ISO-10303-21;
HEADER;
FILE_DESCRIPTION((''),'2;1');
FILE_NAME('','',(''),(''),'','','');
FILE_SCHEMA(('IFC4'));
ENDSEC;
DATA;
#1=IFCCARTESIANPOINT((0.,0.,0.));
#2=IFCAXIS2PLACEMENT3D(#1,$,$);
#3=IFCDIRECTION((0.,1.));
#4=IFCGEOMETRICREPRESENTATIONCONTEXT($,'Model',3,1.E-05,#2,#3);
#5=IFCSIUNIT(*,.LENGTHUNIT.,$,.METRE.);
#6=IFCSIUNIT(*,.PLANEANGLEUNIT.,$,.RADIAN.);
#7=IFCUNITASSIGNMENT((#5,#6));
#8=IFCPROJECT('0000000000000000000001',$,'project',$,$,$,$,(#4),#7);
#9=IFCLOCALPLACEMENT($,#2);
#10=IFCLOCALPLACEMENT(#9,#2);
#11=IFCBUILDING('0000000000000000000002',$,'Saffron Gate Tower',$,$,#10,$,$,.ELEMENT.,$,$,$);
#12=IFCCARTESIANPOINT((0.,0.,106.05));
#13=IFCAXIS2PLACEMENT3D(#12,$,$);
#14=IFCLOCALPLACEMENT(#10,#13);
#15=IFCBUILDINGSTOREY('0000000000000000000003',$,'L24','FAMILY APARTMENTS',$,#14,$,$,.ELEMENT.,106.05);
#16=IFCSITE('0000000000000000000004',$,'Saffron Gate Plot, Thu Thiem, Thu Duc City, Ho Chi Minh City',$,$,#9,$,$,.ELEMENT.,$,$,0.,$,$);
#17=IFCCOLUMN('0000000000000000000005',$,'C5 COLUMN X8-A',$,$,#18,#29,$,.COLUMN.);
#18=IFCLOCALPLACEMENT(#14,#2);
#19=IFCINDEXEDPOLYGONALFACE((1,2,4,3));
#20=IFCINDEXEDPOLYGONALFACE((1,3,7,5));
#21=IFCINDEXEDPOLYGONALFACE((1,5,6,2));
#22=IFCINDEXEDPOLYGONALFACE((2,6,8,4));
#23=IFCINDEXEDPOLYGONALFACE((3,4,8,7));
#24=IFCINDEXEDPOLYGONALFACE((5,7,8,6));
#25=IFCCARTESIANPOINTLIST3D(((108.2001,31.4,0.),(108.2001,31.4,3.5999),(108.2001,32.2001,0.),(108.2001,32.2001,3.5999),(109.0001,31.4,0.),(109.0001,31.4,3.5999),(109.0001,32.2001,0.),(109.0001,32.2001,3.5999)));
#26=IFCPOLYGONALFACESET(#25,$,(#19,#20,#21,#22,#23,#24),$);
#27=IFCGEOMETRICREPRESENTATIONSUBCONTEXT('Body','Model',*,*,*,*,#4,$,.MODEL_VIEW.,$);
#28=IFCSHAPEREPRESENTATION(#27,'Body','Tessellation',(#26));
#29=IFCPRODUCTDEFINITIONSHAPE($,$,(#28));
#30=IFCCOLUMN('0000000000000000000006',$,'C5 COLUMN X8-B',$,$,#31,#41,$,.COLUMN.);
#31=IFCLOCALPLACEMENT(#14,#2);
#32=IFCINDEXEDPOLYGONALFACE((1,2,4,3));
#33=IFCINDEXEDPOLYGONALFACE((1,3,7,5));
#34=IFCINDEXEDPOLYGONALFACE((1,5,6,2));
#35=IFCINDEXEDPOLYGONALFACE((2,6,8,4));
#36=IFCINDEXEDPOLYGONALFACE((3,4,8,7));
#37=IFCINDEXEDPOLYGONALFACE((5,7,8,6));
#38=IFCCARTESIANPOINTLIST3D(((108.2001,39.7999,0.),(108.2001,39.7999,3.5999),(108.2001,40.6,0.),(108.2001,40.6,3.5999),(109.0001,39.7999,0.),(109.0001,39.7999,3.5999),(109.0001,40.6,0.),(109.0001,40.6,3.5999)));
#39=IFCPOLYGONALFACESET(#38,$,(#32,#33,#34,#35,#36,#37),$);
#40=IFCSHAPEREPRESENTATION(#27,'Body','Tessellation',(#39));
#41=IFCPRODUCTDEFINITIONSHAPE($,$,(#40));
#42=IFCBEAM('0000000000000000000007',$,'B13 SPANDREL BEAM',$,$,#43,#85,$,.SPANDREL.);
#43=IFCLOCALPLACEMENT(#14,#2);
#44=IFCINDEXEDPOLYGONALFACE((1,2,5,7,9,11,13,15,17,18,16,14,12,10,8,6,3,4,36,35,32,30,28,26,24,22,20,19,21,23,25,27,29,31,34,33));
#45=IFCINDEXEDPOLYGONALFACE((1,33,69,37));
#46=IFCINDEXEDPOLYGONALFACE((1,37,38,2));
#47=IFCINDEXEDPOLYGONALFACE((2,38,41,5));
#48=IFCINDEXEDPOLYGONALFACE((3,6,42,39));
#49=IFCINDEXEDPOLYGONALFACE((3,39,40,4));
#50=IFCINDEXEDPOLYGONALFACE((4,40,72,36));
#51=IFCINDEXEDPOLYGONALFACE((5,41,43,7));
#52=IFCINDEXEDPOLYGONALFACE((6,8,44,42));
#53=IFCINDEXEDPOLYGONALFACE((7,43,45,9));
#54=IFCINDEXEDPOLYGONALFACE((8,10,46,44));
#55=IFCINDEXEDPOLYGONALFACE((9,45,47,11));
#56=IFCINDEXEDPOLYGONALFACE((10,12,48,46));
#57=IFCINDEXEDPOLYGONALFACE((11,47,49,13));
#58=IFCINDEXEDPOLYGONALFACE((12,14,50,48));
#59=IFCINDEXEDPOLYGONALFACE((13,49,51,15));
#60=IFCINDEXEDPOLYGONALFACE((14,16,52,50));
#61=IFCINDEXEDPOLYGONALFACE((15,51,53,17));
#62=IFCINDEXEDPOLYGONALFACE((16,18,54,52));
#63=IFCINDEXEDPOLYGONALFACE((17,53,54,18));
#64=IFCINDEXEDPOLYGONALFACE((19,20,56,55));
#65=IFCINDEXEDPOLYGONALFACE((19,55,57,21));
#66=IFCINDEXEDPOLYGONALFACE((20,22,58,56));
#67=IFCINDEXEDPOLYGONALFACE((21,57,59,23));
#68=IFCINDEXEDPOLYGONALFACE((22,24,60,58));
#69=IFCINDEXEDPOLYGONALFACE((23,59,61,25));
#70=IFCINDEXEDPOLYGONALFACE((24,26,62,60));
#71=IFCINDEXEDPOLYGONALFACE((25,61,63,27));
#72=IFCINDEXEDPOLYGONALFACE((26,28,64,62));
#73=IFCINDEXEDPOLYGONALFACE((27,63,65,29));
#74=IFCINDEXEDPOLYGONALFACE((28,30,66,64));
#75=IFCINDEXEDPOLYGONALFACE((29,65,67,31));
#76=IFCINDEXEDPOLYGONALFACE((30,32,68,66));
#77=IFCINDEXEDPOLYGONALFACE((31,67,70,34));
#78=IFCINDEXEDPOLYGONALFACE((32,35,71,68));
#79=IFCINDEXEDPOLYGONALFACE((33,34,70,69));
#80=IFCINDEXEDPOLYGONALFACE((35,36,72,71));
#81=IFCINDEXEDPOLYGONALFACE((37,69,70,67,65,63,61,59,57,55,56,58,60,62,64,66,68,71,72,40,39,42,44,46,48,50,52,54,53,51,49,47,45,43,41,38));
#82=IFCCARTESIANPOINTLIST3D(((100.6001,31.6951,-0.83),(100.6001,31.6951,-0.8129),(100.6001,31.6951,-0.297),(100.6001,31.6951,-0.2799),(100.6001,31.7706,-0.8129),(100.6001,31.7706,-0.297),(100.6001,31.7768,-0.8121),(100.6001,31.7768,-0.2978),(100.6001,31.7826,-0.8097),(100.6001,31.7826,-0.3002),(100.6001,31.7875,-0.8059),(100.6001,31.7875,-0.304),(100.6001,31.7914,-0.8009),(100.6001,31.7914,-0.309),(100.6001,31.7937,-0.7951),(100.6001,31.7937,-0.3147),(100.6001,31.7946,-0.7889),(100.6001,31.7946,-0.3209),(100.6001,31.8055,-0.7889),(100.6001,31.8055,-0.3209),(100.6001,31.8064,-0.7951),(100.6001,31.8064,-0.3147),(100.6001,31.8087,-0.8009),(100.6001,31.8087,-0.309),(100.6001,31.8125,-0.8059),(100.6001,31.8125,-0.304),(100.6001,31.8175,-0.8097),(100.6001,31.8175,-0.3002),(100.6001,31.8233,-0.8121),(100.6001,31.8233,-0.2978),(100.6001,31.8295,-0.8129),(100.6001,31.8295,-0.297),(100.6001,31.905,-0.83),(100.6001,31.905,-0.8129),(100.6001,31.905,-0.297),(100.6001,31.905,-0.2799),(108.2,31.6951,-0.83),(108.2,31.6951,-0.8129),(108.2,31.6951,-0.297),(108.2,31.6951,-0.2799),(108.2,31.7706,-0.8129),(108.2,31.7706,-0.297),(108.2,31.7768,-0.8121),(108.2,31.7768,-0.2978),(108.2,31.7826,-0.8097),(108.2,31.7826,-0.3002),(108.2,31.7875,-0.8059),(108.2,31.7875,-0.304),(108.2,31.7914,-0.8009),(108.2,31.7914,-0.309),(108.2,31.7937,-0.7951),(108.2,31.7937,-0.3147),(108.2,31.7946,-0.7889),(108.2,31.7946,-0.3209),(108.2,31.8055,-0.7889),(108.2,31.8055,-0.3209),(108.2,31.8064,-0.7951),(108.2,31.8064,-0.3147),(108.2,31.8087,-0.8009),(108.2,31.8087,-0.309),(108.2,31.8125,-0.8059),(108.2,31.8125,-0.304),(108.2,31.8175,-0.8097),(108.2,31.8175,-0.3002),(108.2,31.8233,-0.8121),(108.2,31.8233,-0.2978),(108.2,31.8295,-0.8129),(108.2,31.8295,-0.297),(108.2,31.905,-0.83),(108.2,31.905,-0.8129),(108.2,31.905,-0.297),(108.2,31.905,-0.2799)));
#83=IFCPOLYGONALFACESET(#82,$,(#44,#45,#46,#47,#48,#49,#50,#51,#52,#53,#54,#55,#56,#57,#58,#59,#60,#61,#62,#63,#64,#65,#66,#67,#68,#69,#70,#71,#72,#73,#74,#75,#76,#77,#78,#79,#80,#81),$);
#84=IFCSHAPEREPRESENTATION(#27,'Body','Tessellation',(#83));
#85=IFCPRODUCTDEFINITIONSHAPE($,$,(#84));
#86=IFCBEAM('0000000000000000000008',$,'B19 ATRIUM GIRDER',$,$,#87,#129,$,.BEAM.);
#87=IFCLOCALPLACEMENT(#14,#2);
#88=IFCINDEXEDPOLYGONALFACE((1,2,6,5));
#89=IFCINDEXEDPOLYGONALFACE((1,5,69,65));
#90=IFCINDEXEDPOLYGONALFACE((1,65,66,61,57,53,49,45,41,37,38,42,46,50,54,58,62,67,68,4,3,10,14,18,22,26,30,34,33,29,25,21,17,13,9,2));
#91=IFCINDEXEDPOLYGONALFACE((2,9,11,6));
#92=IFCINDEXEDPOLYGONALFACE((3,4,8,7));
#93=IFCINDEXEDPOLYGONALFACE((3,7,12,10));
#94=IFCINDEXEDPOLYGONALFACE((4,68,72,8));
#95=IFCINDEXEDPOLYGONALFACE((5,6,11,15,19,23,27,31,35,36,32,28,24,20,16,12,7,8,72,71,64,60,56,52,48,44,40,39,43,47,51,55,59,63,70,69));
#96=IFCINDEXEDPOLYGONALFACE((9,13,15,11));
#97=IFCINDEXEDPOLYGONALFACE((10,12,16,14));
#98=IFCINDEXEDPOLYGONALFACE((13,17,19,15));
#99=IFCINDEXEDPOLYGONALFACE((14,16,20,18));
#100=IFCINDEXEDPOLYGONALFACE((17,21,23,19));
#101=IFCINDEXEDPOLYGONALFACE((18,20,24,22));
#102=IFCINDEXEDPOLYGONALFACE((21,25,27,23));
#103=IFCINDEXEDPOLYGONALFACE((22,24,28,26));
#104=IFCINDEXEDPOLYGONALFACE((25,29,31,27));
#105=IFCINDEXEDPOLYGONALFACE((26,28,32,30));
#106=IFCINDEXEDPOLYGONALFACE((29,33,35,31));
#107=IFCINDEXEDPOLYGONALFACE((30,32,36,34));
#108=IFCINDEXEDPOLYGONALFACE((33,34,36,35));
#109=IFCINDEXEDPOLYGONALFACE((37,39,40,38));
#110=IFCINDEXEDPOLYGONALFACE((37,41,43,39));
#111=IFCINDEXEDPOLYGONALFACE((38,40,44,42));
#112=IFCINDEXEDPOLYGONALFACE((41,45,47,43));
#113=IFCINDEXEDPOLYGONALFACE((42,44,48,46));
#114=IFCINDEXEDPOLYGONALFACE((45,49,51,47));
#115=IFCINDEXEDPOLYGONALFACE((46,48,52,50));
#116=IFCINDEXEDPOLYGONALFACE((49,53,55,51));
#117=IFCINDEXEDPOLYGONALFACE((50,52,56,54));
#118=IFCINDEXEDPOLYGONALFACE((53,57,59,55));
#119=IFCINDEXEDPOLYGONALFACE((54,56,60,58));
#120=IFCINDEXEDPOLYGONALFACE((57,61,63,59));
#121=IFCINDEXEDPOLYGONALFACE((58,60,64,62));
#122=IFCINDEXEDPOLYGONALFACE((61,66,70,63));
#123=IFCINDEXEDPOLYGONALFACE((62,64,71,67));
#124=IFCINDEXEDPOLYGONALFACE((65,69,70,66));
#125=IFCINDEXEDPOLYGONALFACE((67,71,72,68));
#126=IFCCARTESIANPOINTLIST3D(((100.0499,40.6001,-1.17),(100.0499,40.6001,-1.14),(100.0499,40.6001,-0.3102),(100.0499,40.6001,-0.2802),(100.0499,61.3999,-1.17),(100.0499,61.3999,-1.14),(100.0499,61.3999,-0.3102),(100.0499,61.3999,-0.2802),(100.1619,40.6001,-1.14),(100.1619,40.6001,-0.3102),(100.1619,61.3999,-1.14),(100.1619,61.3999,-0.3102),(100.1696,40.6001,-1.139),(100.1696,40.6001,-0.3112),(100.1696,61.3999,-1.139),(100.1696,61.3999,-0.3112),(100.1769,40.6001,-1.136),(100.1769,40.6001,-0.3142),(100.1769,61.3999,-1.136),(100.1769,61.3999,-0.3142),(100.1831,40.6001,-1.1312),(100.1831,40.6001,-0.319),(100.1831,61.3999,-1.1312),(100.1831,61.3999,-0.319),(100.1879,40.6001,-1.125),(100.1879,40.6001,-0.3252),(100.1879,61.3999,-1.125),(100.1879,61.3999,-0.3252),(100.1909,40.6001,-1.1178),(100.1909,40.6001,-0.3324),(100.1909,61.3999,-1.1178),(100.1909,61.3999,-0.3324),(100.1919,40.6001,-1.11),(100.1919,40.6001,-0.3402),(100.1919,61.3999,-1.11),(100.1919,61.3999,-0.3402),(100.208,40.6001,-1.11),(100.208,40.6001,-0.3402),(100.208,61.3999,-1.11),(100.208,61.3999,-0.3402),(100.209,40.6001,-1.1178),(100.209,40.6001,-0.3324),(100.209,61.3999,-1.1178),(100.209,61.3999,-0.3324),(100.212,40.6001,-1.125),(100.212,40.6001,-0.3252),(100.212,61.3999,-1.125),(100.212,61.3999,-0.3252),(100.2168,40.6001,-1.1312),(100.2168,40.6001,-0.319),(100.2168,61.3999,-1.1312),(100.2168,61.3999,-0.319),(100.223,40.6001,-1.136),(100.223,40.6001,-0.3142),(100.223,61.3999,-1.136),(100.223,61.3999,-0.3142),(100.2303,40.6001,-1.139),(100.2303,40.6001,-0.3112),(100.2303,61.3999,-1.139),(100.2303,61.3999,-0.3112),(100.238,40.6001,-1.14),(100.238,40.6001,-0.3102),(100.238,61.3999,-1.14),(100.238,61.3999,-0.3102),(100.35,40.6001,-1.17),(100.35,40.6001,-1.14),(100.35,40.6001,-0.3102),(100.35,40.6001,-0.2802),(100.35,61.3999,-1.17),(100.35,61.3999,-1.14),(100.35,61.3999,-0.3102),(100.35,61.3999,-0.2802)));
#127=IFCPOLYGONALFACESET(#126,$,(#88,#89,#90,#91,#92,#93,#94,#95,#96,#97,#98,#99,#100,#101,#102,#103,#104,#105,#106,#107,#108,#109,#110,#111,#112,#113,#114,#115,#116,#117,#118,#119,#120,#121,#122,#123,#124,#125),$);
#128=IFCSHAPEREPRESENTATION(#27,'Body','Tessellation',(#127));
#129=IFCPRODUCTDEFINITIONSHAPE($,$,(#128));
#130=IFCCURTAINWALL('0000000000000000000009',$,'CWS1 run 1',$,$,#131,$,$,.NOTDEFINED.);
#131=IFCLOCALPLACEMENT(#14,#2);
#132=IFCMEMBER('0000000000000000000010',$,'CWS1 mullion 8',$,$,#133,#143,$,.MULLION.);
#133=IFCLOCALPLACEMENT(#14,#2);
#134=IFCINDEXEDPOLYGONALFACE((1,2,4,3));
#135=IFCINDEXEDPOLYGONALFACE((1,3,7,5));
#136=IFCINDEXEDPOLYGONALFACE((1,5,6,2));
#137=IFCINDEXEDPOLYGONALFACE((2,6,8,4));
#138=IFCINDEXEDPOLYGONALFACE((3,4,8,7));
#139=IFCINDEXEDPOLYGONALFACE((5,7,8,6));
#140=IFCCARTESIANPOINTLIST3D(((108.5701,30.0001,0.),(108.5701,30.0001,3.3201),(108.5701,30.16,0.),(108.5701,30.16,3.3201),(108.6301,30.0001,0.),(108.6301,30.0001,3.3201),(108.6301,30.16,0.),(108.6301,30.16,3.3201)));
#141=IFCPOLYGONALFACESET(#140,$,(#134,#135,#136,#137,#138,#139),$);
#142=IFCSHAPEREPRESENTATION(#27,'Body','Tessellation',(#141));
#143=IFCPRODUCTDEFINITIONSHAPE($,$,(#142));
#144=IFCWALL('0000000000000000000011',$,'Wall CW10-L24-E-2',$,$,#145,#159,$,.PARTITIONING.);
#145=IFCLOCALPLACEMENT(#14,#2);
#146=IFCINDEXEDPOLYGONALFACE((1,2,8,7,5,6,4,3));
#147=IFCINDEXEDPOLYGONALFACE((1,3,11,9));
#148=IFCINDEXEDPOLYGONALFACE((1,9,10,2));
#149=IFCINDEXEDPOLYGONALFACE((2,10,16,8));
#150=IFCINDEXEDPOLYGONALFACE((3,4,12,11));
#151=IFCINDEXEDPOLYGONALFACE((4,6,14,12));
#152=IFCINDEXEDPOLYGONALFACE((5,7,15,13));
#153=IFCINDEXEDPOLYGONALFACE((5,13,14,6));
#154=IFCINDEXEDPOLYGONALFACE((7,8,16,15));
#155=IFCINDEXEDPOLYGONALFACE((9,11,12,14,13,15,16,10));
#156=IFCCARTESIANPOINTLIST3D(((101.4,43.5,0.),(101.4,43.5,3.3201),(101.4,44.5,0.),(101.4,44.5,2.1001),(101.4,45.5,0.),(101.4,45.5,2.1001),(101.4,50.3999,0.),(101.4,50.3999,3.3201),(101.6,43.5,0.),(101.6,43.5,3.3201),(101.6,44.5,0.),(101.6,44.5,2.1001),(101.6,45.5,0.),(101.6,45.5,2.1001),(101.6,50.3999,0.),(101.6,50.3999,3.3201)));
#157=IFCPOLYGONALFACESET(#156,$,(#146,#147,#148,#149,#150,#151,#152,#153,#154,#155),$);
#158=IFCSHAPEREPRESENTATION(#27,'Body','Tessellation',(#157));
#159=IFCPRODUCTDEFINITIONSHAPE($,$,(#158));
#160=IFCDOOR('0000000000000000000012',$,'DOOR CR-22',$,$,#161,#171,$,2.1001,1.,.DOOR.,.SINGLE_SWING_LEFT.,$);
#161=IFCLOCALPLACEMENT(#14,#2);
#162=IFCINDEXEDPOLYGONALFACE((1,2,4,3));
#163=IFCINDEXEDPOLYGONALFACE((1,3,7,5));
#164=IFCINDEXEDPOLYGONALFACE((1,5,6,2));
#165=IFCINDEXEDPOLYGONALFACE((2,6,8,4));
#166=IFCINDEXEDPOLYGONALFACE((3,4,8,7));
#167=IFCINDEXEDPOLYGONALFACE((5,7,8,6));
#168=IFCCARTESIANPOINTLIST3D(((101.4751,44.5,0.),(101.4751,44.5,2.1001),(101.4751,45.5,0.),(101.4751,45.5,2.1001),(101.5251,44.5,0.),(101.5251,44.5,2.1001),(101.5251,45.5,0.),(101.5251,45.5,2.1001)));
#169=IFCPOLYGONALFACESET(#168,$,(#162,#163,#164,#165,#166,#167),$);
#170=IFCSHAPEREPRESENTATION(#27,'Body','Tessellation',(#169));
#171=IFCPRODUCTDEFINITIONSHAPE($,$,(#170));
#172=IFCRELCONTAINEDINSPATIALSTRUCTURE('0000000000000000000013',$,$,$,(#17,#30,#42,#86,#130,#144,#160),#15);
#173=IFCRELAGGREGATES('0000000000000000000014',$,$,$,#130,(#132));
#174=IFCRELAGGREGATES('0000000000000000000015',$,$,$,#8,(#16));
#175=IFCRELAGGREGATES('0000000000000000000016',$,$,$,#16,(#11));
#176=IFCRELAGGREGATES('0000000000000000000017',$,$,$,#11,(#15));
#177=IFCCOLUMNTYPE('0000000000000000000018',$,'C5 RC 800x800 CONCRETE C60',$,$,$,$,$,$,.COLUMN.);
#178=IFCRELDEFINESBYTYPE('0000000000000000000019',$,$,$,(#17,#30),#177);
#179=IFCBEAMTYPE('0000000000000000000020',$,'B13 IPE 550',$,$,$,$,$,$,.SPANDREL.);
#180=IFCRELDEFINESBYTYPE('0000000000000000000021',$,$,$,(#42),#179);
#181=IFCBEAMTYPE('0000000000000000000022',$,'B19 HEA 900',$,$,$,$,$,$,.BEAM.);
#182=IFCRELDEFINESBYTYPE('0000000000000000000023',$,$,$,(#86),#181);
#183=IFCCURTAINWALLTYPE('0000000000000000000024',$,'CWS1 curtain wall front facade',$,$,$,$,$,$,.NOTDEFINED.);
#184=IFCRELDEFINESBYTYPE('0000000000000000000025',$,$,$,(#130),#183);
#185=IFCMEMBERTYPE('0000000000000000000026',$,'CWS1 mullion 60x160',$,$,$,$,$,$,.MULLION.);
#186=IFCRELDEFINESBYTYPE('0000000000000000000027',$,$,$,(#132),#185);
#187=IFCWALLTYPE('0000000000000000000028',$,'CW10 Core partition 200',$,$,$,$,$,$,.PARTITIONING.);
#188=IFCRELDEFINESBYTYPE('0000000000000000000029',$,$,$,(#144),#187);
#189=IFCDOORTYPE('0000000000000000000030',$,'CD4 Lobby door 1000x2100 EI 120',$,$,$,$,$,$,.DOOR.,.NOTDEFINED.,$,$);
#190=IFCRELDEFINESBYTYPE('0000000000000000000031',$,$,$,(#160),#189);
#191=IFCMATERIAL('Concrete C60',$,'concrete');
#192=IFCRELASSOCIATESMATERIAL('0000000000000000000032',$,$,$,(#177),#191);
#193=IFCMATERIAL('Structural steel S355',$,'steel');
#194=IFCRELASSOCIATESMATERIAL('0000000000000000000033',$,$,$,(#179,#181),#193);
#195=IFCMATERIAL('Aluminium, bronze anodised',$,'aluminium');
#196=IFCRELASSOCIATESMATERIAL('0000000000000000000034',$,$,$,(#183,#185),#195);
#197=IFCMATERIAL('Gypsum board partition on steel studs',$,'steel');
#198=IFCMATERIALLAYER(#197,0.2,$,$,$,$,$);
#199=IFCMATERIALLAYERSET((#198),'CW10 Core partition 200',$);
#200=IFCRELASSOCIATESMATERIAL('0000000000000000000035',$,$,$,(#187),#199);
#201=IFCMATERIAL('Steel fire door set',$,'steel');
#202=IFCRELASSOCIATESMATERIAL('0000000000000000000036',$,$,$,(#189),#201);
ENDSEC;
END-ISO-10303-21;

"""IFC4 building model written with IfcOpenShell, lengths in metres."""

from ifc_helpers import new_model, si_unit, direction, frame, frame_2d, origin, origin_2d, place, context, subcontext, project, spatial, rectangle, i_section, extrude, material, layer, layer_set, material_profile, profile_set, type_object, element, fill, aggregate, save


model = new_model("IFC4")

# Units and contexts
model_context = context("Model", 3, precision=1e-05, world=origin(), true_north=direction((0.0, 1.0)))
body_context = subcontext(model_context, "Body", "Model", "MODEL_VIEW")
ifc_project = project(units=[si_unit("LENGTHUNIT", "METRE"), si_unit("PLANEANGLEUNIT", "RADIAN")], contexts=[model_context])

# Site, building, storey
site_placement = place(None, origin())
site = spatial("IfcSite", under=ifc_project, at=site_placement, Name="Saffron Gate Plot, Thu Thiem, Thu Duc City, Ho Chi Minh City", CompositionType="ELEMENT", RefElevation=0.0)
building_placement = place(site_placement, origin())
building = spatial("IfcBuilding", under=site, at=building_placement, Name="Saffron Gate Tower", CompositionType="ELEMENT")
storey_placement = place(building_placement, frame((0.0, 0.0, 106.05)))
storey = spatial("IfcBuildingStorey", under=building, at=storey_placement, Name="L24", Description="FAMILY APARTMENTS", CompositionType="ELEMENT", Elevation=106.05)

# Columns
ifc_material_1 = material(Name="Concrete C60", Category="concrete")
ifc_material_profile_1 = material_profile(ifc_material_1, rectangle(XDim=0.8, YDim=0.8, at=origin_2d()))
ifc_profile_set_1 = profile_set([ifc_material_profile_1], Name="Concrete C60")
column_type = type_object("IfcColumnType", Name="C5 RC 800x800 CONCRETE C60", PredefinedType="COLUMN", material=ifc_profile_set_1)
for number, where, z_axis, x_axis, name in (
    (1, (108.6001, 31.8, 0.0), (0.0, 0.0, 1.0), (1.0, 0.0, 0.0), "C5 COLUMN X8-A"),
    (2, (108.6001, 40.2, 0.0), (0.0, 0.0, 1.0), (1.0, 0.0, 0.0), "C5 COLUMN X8-B"),
):
    element("IfcColumn", number, at=place(storey_placement, frame(where, z_axis=z_axis, x_axis=x_axis)), inside=storey, type_object=column_type, Name=name, PredefinedType="COLUMN", context=body_context, shape_type="SweptSolid", body=[
        extrude(rectangle(XDim=0.8, YDim=0.8, at=origin_2d()), origin(), (0.0, 0.0, 1.0), 3.5999),
    ])

# Beams
ifc_material_2 = material(Name="Structural steel S355", Category="steel")
ifc_material_profile_2 = material_profile(ifc_material_2, i_section(OverallWidth=0.21, OverallDepth=0.55, WebThickness=0.011, FlangeThickness=0.0171, FilletRadius=0.0239, at=origin_2d()))
ifc_profile_set_2 = profile_set([ifc_material_profile_2], Name="Structural steel S355")
beam_type_1 = type_object("IfcBeamType", Name="B13 IPE 550", PredefinedType="SPANDREL", material=ifc_profile_set_2)
beam_1_placement = place(storey_placement, frame((100.6001, 31.8, -0.5549), z_axis=(1.0, 0.0, 0.0), x_axis=(0.0, 1.0, 0.0)))
element("IfcBeam", 3, at=beam_1_placement, inside=storey, type_object=beam_type_1, Name="B13 SPANDREL BEAM", PredefinedType="SPANDREL", context=body_context, shape_type="SweptSolid", body=[
    extrude(i_section(OverallWidth=0.21, OverallDepth=0.55, WebThickness=0.011, FlangeThickness=0.0171, FilletRadius=0.0239, at=origin_2d()), origin(), (0.0, 0.0, 1.0), 7.5999),
])
ifc_material_profile_3 = material_profile(ifc_material_2, i_section(OverallWidth=0.3, OverallDepth=0.8899, WebThickness=0.0161, FlangeThickness=0.03, FilletRadius=0.03, at=origin_2d()))
ifc_profile_set_3 = profile_set([ifc_material_profile_3], Name="Structural steel S355")
beam_type_2 = type_object("IfcBeamType", Name="B19 HEA 900", PredefinedType="BEAM", material=ifc_profile_set_3)
beam_2_placement = place(storey_placement, frame((100.2, 40.6001, -0.7251), z_axis=(0.0, 1.0, 0.0), x_axis=(-1.0, 0.0, 0.0)))
element("IfcBeam", 4, at=beam_2_placement, inside=storey, type_object=beam_type_2, Name="B19 ATRIUM GIRDER", PredefinedType="BEAM", context=body_context, shape_type="SweptSolid", body=[
    extrude(i_section(OverallWidth=0.3, OverallDepth=0.8899, WebThickness=0.0161, FlangeThickness=0.03, FilletRadius=0.03, at=origin_2d()), origin(), (0.0, 0.0, 1.0), 20.7998),
])

# Curtain wall, member
ifc_material_3 = material(Name="Aluminium, bronze anodised", Category="aluminium")
curtain_wall_type = type_object("IfcCurtainWallType", Name="CWS1 curtain wall front facade", PredefinedType="NOTDEFINED", material=ifc_material_3)
curtain_wall_placement = place(storey_placement, origin())
curtain_wall = element("IfcCurtainWall", 5, at=curtain_wall_placement, inside=storey, type_object=curtain_wall_type, Name="CWS1 run 1", PredefinedType="NOTDEFINED")
ifc_material_profile_4 = material_profile(ifc_material_3, rectangle(XDim=0.1599, YDim=0.0601, at=origin_2d()))
ifc_profile_set_4 = profile_set([ifc_material_profile_4], Name="Aluminium, bronze anodised")
member_type = type_object("IfcMemberType", Name="CWS1 mullion 60x160", PredefinedType="MULLION", material=ifc_profile_set_4)
member_placement = place(storey_placement, frame((108.6001, 30.0801, 0.0), z_axis=(0.0, 0.0, 1.0), x_axis=(0.0, 1.0, 0.0)))
member = element("IfcMember", 6, at=member_placement, type_object=member_type, Name="CWS1 mullion 8", PredefinedType="MULLION", context=body_context, shape_type="SweptSolid", body=[
    extrude(rectangle(XDim=0.1599, YDim=0.0601, at=origin_2d()), origin(), (0.0, 0.0, 1.0), 3.3201),
])
aggregate(curtain_wall, [member])

# Wall, opening, door
ifc_material_4 = material(Name="Gypsum board partition on steel studs", Category="steel")
ifc_layer_1 = layer(ifc_material_4, 0.2)
ifc_layer_set_1 = layer_set([ifc_layer_1], Name="CW10 Core partition 200")
wall_type_1 = type_object("IfcWallType", Name="CW10 Core partition 200", PredefinedType="PARTITIONING", material=ifc_layer_set_1)
wall_1_placement = place(storey_placement, frame((101.5, 43.5, 0.0), z_axis=(0.0, 0.0, 1.0), x_axis=(0.0, 1.0, 0.0)))
wall_1 = element("IfcWall", 7, at=wall_1_placement, inside=storey, type_object=wall_type_1, Name="Wall CW10-L24-E-2", PredefinedType="PARTITIONING", context=body_context, shape_type="SweptSolid", body=[
    extrude(rectangle(XDim=6.8999, YDim=0.2, at=frame_2d((3.45, 0.0))), origin(), (0.0, 0.0, 1.0), 3.3201),
])
opening_1_placement = place(wall_1_placement, frame((1.0, 0.0, 0.0)))
opening_1 = element("IfcOpeningElement", 8, at=opening_1_placement, cuts=wall_1, PredefinedType="OPENING", context=body_context, shape_type="SweptSolid", body=[
    extrude(rectangle(XDim=1.0, YDim=2.1001, at=frame_2d((0.5, 1.05))), frame((0.0, 0.1099, 0.0), z_axis=(0.0, -1.0, 0.0), x_axis=(1.0, 0.0, 0.0)), (0.0, 0.0, 1.0), 0.22),
])
ifc_material_5 = material(Name="Steel fire door set", Category="steel")
door_type_1 = type_object("IfcDoorType", Name="CD4 Lobby door 1000x2100 EI 120", OperationType="NOTDEFINED", PredefinedType="DOOR", material=ifc_material_5)
door_1_placement = place(opening_1_placement, origin())
door_1 = element("IfcDoor", 9, at=door_1_placement, inside=storey, type_object=door_type_1, Name="DOOR CR-22", OperationType="SINGLE_SWING_LEFT", OverallHeight=2.1001, OverallWidth=1.0, PredefinedType="DOOR", context=body_context, shape_type="SweptSolid", body=[
    extrude(rectangle(XDim=1.0, YDim=2.1001, at=frame_2d((0.5, 1.05))), frame((0.0, 0.0249, 0.0), z_axis=(0.0, -1.0, 0.0), x_axis=(1.0, 0.0, 0.0)), (0.0, 0.0, 1.0), 0.05),
])
fill(opening_1, door_1)

save(model, "model.ifc")
